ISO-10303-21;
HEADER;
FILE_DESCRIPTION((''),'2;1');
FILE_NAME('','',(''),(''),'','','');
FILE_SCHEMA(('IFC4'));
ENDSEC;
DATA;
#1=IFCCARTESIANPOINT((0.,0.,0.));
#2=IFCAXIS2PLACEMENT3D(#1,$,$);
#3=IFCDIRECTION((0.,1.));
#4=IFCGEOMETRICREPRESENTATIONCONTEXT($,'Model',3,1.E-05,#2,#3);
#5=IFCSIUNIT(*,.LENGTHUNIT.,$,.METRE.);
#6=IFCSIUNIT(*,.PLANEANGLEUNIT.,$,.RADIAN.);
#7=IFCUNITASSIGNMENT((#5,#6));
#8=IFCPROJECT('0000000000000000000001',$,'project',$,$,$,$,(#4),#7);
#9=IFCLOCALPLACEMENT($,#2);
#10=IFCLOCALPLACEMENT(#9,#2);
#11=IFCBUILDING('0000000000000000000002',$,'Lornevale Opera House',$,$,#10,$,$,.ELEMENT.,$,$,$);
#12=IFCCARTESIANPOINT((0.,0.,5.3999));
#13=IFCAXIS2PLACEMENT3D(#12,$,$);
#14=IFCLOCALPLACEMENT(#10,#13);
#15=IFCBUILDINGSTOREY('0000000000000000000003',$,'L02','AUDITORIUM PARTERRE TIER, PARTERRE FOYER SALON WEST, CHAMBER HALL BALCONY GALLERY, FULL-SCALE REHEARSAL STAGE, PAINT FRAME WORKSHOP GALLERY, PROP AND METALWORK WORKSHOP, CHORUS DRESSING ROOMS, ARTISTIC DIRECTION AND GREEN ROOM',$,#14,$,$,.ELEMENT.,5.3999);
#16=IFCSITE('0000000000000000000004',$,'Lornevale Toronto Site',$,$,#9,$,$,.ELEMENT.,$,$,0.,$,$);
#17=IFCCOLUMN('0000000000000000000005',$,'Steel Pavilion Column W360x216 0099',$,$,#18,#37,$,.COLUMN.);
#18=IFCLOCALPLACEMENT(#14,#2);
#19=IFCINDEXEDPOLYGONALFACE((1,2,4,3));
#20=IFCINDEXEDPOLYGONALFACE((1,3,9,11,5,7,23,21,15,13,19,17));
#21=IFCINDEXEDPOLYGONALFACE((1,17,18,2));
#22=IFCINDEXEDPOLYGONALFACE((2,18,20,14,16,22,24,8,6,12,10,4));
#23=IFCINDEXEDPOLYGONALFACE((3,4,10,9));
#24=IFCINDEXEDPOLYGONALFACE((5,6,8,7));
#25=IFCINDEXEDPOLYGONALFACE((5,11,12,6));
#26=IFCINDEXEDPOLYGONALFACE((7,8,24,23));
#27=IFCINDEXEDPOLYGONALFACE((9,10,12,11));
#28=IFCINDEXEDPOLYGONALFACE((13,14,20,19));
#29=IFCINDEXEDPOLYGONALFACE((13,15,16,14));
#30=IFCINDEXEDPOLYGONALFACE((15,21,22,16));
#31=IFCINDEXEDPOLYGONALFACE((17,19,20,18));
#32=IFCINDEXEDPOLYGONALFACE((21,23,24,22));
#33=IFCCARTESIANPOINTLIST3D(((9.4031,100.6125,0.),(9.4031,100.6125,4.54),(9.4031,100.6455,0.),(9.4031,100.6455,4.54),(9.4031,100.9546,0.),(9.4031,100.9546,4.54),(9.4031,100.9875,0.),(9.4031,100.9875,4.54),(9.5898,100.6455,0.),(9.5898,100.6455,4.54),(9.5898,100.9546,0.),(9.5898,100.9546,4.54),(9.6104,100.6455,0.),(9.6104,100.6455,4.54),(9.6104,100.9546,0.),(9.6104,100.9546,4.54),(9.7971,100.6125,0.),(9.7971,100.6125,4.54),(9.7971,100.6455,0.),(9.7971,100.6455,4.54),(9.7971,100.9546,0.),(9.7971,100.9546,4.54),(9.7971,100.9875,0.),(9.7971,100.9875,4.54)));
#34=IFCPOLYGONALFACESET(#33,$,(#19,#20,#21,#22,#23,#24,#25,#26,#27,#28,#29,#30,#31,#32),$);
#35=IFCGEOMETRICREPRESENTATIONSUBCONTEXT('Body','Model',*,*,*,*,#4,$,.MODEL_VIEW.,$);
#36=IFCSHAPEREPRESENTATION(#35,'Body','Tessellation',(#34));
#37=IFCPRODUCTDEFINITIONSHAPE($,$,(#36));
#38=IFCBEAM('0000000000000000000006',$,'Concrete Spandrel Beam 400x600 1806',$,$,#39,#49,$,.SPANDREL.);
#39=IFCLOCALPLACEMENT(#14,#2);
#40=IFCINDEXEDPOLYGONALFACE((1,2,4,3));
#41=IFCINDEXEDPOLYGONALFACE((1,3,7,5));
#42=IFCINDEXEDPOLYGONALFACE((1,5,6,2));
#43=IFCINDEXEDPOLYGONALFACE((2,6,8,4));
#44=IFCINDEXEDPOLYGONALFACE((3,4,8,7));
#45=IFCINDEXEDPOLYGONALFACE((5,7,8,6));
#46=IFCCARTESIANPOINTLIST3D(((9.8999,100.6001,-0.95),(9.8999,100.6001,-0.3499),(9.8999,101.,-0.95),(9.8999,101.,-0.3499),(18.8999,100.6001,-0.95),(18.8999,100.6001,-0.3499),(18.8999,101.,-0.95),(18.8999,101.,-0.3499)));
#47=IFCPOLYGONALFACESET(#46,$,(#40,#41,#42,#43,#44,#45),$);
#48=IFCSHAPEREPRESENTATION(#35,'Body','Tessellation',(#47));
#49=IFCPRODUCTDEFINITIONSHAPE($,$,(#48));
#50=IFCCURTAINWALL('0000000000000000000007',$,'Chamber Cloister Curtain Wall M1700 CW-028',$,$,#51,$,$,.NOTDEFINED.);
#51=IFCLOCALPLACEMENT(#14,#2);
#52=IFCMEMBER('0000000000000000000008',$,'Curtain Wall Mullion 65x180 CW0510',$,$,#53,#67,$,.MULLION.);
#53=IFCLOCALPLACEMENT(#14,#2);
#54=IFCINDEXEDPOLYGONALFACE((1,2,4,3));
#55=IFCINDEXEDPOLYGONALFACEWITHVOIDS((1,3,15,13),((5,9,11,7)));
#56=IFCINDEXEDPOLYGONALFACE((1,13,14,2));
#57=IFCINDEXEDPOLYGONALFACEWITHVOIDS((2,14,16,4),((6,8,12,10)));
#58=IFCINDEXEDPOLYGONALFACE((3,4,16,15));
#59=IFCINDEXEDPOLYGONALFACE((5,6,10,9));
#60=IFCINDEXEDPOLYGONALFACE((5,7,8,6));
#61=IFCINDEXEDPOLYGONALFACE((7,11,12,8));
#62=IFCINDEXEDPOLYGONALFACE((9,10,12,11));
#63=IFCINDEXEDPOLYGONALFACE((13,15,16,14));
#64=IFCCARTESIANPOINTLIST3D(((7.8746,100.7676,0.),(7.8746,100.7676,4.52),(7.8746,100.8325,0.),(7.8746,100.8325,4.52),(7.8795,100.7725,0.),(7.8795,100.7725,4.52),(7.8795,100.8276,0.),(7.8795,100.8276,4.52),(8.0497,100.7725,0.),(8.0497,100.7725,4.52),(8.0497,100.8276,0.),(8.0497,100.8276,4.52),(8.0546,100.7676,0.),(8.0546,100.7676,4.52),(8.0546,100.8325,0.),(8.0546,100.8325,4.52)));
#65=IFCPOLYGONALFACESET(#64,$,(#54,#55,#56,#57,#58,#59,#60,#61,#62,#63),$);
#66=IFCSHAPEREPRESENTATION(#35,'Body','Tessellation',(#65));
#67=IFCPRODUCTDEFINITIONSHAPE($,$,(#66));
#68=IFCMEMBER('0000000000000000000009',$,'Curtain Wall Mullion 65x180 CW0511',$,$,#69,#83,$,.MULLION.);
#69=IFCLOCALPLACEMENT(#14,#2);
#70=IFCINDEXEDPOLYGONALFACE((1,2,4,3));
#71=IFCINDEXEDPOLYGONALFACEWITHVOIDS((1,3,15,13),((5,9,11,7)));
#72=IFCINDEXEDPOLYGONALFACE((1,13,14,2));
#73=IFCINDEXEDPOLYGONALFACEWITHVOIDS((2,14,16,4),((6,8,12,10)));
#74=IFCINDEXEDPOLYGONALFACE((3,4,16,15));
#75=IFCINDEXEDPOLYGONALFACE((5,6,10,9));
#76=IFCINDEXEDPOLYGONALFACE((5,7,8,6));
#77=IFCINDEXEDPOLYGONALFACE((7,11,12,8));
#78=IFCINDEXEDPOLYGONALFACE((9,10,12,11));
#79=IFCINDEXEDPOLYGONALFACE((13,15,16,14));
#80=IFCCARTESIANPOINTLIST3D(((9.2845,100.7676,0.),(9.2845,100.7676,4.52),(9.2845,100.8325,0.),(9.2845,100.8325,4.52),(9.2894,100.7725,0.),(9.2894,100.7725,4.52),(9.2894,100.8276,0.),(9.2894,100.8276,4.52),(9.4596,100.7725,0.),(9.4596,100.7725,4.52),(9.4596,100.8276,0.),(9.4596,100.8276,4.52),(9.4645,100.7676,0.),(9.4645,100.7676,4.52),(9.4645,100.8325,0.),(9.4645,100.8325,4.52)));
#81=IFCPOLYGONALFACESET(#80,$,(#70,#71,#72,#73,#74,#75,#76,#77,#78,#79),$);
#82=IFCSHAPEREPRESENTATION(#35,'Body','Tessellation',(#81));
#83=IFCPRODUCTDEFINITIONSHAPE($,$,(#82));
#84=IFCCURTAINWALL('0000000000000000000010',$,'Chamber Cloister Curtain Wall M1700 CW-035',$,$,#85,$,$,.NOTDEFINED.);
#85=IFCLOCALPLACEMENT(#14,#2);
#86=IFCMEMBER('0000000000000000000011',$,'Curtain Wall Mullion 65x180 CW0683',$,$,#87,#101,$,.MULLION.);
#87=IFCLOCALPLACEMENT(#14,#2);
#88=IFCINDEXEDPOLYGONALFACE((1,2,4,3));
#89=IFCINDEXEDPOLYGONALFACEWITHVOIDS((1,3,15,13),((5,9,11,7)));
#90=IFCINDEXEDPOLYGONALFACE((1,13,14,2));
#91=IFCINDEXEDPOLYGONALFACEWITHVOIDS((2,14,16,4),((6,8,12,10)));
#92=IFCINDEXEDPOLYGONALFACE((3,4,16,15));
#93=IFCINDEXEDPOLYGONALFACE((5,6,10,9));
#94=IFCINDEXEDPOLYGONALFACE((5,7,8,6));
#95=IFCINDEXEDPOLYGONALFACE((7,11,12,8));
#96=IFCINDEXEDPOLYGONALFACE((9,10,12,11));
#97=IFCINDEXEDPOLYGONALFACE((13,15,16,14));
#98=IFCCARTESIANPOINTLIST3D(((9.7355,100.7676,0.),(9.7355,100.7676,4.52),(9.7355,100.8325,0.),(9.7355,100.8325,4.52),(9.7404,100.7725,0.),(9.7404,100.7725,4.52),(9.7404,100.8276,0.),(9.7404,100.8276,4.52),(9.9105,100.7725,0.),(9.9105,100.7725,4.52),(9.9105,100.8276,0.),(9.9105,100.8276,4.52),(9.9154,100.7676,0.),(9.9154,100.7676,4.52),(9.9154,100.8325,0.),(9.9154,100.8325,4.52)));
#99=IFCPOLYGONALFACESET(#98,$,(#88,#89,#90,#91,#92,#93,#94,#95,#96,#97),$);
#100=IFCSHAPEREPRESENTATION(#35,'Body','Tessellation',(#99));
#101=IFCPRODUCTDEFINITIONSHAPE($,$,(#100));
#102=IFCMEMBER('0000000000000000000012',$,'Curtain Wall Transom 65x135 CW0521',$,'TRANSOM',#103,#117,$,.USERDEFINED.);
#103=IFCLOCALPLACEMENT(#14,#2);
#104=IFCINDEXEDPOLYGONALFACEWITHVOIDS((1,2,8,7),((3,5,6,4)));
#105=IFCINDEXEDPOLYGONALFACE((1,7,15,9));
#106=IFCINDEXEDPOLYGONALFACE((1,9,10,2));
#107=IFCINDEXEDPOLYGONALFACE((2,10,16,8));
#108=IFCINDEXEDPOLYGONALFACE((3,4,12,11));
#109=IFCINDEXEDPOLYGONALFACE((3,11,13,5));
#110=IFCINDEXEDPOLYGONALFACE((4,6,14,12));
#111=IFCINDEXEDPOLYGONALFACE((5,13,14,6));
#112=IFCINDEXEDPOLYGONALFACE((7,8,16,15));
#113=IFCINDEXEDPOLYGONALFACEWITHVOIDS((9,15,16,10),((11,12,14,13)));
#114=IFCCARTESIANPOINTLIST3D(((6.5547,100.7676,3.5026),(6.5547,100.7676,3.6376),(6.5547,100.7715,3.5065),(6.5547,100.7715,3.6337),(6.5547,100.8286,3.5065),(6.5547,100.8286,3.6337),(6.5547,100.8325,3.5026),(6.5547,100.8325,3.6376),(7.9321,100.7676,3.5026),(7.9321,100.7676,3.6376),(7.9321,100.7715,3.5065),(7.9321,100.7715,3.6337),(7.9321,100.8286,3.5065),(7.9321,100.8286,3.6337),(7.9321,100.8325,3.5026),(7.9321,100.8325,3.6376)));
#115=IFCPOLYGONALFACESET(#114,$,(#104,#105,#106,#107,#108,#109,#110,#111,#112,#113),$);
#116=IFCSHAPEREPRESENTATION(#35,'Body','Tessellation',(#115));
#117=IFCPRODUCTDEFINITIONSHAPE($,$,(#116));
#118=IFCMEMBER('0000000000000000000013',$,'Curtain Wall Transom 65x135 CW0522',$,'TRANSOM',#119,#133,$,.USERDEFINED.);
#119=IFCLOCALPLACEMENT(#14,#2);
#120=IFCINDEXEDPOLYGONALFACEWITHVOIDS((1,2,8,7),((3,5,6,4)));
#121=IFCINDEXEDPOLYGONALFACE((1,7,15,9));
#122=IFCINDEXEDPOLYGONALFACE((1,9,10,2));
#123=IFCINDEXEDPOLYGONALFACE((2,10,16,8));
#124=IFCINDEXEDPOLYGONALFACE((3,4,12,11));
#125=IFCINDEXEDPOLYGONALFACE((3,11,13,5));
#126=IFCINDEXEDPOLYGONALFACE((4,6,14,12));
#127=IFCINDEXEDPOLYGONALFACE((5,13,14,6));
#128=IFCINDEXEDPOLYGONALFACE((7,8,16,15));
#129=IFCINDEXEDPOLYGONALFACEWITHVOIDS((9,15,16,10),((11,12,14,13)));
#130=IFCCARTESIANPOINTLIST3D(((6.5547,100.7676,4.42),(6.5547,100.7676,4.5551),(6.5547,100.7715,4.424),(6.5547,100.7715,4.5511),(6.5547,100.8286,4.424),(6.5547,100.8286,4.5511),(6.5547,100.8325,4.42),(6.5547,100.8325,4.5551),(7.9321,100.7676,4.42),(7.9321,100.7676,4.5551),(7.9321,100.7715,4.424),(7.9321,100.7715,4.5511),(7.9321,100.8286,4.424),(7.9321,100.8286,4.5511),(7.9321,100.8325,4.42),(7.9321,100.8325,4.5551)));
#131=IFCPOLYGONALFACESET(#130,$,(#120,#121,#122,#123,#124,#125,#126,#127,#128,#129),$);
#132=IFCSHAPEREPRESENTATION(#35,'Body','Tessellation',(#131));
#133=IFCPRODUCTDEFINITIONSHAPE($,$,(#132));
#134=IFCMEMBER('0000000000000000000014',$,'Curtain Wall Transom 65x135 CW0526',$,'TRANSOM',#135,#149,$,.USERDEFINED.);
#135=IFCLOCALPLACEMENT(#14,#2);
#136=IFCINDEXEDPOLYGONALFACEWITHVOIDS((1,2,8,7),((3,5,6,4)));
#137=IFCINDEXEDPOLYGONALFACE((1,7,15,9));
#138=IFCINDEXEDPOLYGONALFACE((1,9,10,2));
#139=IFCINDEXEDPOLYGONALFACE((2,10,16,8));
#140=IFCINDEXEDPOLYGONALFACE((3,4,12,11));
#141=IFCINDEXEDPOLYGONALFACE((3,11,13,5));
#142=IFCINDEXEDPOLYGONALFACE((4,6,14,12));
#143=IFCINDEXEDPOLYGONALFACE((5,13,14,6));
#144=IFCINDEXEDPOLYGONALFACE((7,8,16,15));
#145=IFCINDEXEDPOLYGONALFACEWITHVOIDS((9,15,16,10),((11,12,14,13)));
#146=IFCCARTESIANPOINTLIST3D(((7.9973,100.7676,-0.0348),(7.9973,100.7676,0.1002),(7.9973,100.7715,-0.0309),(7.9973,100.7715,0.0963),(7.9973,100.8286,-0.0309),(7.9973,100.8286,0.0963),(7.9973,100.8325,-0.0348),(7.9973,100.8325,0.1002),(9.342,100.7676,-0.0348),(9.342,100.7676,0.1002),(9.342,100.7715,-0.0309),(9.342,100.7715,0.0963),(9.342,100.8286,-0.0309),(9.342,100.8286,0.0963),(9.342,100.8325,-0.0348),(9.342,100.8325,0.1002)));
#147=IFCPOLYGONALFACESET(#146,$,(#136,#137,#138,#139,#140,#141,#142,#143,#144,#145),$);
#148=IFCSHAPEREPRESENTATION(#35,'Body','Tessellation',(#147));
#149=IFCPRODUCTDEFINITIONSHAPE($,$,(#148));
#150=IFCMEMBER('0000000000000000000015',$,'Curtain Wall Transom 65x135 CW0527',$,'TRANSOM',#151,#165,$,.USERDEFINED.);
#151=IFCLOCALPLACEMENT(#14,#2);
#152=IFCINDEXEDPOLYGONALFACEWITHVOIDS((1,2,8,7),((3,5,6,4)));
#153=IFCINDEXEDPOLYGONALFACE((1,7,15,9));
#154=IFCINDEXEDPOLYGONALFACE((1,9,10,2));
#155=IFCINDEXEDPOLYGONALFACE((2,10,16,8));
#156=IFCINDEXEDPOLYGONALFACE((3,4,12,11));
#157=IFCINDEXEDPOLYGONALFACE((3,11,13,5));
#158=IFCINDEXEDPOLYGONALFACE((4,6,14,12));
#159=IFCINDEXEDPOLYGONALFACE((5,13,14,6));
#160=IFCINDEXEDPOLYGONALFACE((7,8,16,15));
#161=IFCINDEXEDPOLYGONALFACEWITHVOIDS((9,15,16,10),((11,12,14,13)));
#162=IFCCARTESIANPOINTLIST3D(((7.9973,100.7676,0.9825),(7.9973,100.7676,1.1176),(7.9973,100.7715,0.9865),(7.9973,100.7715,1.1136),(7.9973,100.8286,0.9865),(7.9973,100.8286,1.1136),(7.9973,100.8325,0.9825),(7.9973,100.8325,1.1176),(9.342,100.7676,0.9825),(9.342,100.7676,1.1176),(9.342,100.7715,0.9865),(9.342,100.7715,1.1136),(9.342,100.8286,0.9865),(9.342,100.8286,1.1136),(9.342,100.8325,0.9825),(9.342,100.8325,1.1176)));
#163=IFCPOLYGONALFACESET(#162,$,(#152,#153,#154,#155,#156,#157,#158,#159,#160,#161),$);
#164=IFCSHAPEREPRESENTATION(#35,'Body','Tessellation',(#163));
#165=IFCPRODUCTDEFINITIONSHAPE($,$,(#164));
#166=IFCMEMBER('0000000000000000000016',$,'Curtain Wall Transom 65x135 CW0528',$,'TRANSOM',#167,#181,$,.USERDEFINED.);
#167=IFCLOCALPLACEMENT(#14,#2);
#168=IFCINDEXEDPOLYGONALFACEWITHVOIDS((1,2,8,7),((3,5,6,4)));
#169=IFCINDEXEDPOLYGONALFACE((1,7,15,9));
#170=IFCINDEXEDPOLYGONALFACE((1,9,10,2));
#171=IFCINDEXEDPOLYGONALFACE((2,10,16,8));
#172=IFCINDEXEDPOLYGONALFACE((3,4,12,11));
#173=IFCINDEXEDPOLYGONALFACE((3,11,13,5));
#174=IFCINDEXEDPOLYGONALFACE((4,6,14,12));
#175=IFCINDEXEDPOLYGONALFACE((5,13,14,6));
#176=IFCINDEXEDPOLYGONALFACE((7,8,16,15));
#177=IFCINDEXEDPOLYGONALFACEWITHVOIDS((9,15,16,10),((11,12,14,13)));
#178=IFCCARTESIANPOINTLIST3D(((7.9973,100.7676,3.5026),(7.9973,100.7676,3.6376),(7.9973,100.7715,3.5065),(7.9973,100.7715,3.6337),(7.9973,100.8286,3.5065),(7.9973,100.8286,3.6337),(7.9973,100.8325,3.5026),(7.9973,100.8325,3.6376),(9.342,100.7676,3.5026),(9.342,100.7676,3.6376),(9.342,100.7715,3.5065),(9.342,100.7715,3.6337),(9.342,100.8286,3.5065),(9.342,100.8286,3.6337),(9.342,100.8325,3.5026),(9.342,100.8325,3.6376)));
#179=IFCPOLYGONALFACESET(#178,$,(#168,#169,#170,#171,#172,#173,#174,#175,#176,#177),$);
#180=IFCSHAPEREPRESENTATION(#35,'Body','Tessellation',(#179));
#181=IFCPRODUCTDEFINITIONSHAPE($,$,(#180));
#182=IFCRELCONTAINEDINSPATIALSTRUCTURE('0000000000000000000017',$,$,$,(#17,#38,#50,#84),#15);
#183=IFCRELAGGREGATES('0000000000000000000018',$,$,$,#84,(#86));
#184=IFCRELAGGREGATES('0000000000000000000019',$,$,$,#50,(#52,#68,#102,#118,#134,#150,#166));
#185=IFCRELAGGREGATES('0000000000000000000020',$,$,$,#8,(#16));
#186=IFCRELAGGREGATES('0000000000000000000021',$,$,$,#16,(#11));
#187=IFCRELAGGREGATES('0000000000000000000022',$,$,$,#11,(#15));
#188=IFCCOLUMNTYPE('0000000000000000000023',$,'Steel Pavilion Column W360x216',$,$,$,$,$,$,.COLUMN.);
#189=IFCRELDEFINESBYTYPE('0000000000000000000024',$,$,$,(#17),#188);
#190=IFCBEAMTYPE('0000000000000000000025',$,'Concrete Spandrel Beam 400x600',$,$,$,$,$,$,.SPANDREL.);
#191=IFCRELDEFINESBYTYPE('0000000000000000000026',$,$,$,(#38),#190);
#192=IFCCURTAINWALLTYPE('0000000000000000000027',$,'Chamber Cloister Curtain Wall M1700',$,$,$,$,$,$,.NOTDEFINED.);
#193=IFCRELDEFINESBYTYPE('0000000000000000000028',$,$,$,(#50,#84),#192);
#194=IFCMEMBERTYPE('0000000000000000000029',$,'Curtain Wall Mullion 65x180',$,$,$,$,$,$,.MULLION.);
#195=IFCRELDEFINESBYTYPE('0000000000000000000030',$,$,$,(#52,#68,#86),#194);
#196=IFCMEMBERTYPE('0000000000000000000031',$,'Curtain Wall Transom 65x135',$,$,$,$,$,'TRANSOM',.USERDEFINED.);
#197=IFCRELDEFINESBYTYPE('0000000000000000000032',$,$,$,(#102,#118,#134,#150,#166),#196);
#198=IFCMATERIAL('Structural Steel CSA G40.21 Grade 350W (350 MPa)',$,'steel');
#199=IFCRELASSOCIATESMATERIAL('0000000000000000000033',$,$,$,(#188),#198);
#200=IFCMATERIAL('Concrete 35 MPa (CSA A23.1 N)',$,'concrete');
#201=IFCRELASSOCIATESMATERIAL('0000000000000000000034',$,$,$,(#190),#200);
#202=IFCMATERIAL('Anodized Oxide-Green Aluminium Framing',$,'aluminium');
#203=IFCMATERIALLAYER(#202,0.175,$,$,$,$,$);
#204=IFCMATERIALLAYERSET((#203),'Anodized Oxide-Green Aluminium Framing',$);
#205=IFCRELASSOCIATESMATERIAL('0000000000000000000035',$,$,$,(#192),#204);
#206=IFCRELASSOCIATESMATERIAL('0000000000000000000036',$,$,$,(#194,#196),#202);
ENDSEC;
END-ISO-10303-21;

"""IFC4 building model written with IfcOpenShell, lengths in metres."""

from ifc_helpers import new_model, si_unit, direction, frame, origin, origin_2d, place, context, subcontext, project, spatial, rectangle, hollow_rectangle, i_section, extrude, material, layer, layer_set, material_profile, profile_set, type_object, element, aggregate, save


model = new_model("IFC4")

# Units and contexts
model_context = context("Model", 3, precision=1e-05, world=origin(), true_north=direction((0.0, 1.0)))
body_context = subcontext(model_context, "Body", "Model", "MODEL_VIEW")
ifc_project = project(units=[si_unit("LENGTHUNIT", "METRE"), si_unit("PLANEANGLEUNIT", "RADIAN")], contexts=[model_context])

# Site, building, storey
site_placement = place(None, origin())
site = spatial("IfcSite", under=ifc_project, at=site_placement, Name="Lornevale Toronto Site", CompositionType="ELEMENT", RefElevation=0.0)
building_placement = place(site_placement, origin())
building = spatial("IfcBuilding", under=site, at=building_placement, Name="Lornevale Opera House", CompositionType="ELEMENT")
storey_placement = place(building_placement, frame((0.0, 0.0, 5.3999)))
storey = spatial("IfcBuildingStorey", under=building, at=storey_placement, Name="L02", Description="AUDITORIUM PARTERRE TIER, PARTERRE FOYER SALON WEST, CHAMBER HALL BALCONY GALLERY, FULL-SCALE REHEARSAL STAGE, PAINT FRAME WORKSHOP GALLERY, PROP AND METALWORK WORKSHOP, CHORUS DRESSING ROOMS, ARTISTIC DIRECTION AND GREEN ROOM", CompositionType="ELEMENT", Elevation=5.3999)

# Column
ifc_material_1 = material(Name="Structural Steel CSA G40.21 Grade 350W (350 MPa)", Category="steel")
ifc_material_profile_1 = material_profile(ifc_material_1, i_section(OverallWidth=0.394, OverallDepth=0.375, WebThickness=0.0205, FlangeThickness=0.033, at=origin_2d()), Name="W360x216")
ifc_profile_set_1 = profile_set([ifc_material_profile_1], Name="Structural Steel CSA G40.21 Grade 350W (350 MPa)")
column_type = type_object("IfcColumnType", Name="Steel Pavilion Column W360x216", PredefinedType="COLUMN", material=ifc_profile_set_1)
column_placement = place(storey_placement, frame((9.6001, 100.8, 0.0), z_axis=(0.0, 0.0, 1.0), x_axis=(1.0, 0.0, 0.0)))
element("IfcColumn", 1, at=column_placement, inside=storey, type_object=column_type, Name="Steel Pavilion Column W360x216 0099", PredefinedType="COLUMN", context=body_context, shape_type="SweptSolid", body=[
    extrude(i_section(OverallWidth=0.394, OverallDepth=0.375, WebThickness=0.0205, FlangeThickness=0.033, at=origin_2d()), origin(), (0.0, 0.0, 1.0), 4.54),
])

# Beam
ifc_material_2 = material(Name="Concrete 35 MPa (CSA A23.1 N)", Category="concrete")
ifc_material_profile_2 = material_profile(ifc_material_2, rectangle(XDim=0.3999, YDim=0.6001, at=origin_2d()), Name="RC400x600")
ifc_profile_set_2 = profile_set([ifc_material_profile_2], Name="Concrete 35 MPa (CSA A23.1 N)")
beam_type = type_object("IfcBeamType", Name="Concrete Spandrel Beam 400x600", PredefinedType="SPANDREL", material=ifc_profile_set_2)
beam_placement = place(storey_placement, frame((9.8999, 100.8, -0.6499), z_axis=(1.0, 0.0, 0.0), x_axis=(0.0, 1.0, 0.0)))
element("IfcBeam", 2, at=beam_placement, inside=storey, type_object=beam_type, Name="Concrete Spandrel Beam 400x600 1806", PredefinedType="SPANDREL", context=body_context, shape_type="SweptSolid", body=[
    extrude(rectangle(XDim=0.3999, YDim=0.6001, at=origin_2d()), origin(), (0.0, 0.0, 1.0), 9.0),
])

# Curtain wall, members
ifc_material_3 = material(Name="Anodized Oxide-Green Aluminium Framing", Category="aluminium")
ifc_layer_1 = layer(ifc_material_3, 0.175)
ifc_layer_set_1 = layer_set([ifc_layer_1], Name="Anodized Oxide-Green Aluminium Framing")
curtain_wall_type = type_object("IfcCurtainWallType", Name="Chamber Cloister Curtain Wall M1700", PredefinedType="NOTDEFINED", material=ifc_layer_set_1)
curtain_wall_1_placement = place(storey_placement, origin())
curtain_wall_1 = element("IfcCurtainWall", 3, at=curtain_wall_1_placement, inside=storey, type_object=curtain_wall_type, Name="Chamber Cloister Curtain Wall M1700 CW-028", PredefinedType="NOTDEFINED")
ifc_material_profile_3 = material_profile(ifc_material_3, hollow_rectangle(XDim=0.0649, YDim=0.1799, WallThickness=0.0049, at=origin_2d()), Name="ALU65x180x5")
ifc_profile_set_3 = profile_set([ifc_material_profile_3], Name="Anodized Oxide-Green Aluminium Framing")
member_type_1 = type_object("IfcMemberType", Name="Curtain Wall Mullion 65x180", PredefinedType="MULLION", material=ifc_profile_set_3)
member_1_placement = place(storey_placement, frame((7.9646, 100.8, 0.0), z_axis=(0.0, 0.0, 1.0), x_axis=(0.0, 1.0, 0.0)))
member_1 = element("IfcMember", 4, at=member_1_placement, type_object=member_type_1, Name="Curtain Wall Mullion 65x180 CW0510", PredefinedType="MULLION", context=body_context, shape_type="SweptSolid", body=[
    extrude(hollow_rectangle(XDim=0.0649, YDim=0.1799, WallThickness=0.0049, at=origin_2d()), origin(), (0.0, 0.0, 1.0), 4.52),
])
member_2_placement = place(storey_placement, frame((9.3745, 100.8, 0.0), z_axis=(0.0, 0.0, 1.0), x_axis=(0.0, 1.0, 0.0)))
member_2 = element("IfcMember", 5, at=member_2_placement, type_object=member_type_1, Name="Curtain Wall Mullion 65x180 CW0511", PredefinedType="MULLION", context=body_context, shape_type="SweptSolid", body=[
    extrude(hollow_rectangle(XDim=0.0649, YDim=0.1799, WallThickness=0.0049, at=origin_2d()), origin(), (0.0, 0.0, 1.0), 4.52),
])

# Curtain wall, member
curtain_wall_2_placement = place(storey_placement, origin())
curtain_wall_2 = element("IfcCurtainWall", 6, at=curtain_wall_2_placement, inside=storey, type_object=curtain_wall_type, Name="Chamber Cloister Curtain Wall M1700 CW-035", PredefinedType="NOTDEFINED")
member_3_placement = place(storey_placement, frame((9.8254, 100.8, 0.0), z_axis=(0.0, 0.0, 1.0), x_axis=(0.0, 1.0, 0.0)))
member_3 = element("IfcMember", 7, at=member_3_placement, type_object=member_type_1, Name="Curtain Wall Mullion 65x180 CW0683", PredefinedType="MULLION", context=body_context, shape_type="SweptSolid", body=[
    extrude(hollow_rectangle(XDim=0.0649, YDim=0.1799, WallThickness=0.0049, at=origin_2d()), origin(), (0.0, 0.0, 1.0), 4.52),
])

# Members
ifc_material_profile_4 = material_profile(ifc_material_3, hollow_rectangle(XDim=0.0649, YDim=0.135, WallThickness=0.0039, at=origin_2d()), Name="ALU65x135x4")
ifc_profile_set_4 = profile_set([ifc_material_profile_4], Name="Anodized Oxide-Green Aluminium Framing")
member_type_2 = type_object("IfcMemberType", Name="Curtain Wall Transom 65x135", ElementType="TRANSOM", PredefinedType="USERDEFINED", material=ifc_profile_set_4)
member_4_placement = place(storey_placement, frame((6.5547, 100.8, 3.5701), z_axis=(1.0, 0.0, 0.0), x_axis=(0.0, 1.0, 0.0)))
member_4 = element("IfcMember", 8, at=member_4_placement, type_object=member_type_2, Name="Curtain Wall Transom 65x135 CW0521", ObjectType="TRANSOM", PredefinedType="USERDEFINED", context=body_context, shape_type="SweptSolid", body=[
    extrude(hollow_rectangle(XDim=0.0649, YDim=0.135, WallThickness=0.0039, at=origin_2d()), origin(), (0.0, 0.0, 1.0), 1.3774),
])
member_5_placement = place(storey_placement, frame((6.5547, 100.8, 4.4875), z_axis=(1.0, 0.0, 0.0), x_axis=(0.0, 1.0, 0.0)))
member_5 = element("IfcMember", 9, at=member_5_placement, type_object=member_type_2, Name="Curtain Wall Transom 65x135 CW0522", ObjectType="TRANSOM", PredefinedType="USERDEFINED", context=body_context, shape_type="SweptSolid", body=[
    extrude(hollow_rectangle(XDim=0.0649, YDim=0.135, WallThickness=0.0039, at=origin_2d()), origin(), (0.0, 0.0, 1.0), 1.3774),
])
member_6_placement = place(storey_placement, frame((7.9973, 100.8, 0.0327), z_axis=(1.0, 0.0, 0.0), x_axis=(0.0, 1.0, 0.0)))
member_6 = element("IfcMember", 10, at=member_6_placement, type_object=member_type_2, Name="Curtain Wall Transom 65x135 CW0526", ObjectType="TRANSOM", PredefinedType="USERDEFINED", context=body_context, shape_type="SweptSolid", body=[
    extrude(hollow_rectangle(XDim=0.0649, YDim=0.135, WallThickness=0.0039, at=origin_2d()), origin(), (0.0, 0.0, 1.0), 1.3447),
])
member_7_placement = place(storey_placement, frame((7.9973, 100.8, 1.05), z_axis=(1.0, 0.0, 0.0), x_axis=(0.0, 1.0, 0.0)))
member_7 = element("IfcMember", 11, at=member_7_placement, type_object=member_type_2, Name="Curtain Wall Transom 65x135 CW0527", ObjectType="TRANSOM", PredefinedType="USERDEFINED", context=body_context, shape_type="SweptSolid", body=[
    extrude(hollow_rectangle(XDim=0.0649, YDim=0.135, WallThickness=0.0039, at=origin_2d()), origin(), (0.0, 0.0, 1.0), 1.3447),
])
member_8_placement = place(storey_placement, frame((7.9973, 100.8, 3.5701), z_axis=(1.0, 0.0, 0.0), x_axis=(0.0, 1.0, 0.0)))
member_8 = element("IfcMember", 12, at=member_8_placement, type_object=member_type_2, Name="Curtain Wall Transom 65x135 CW0528", ObjectType="TRANSOM", PredefinedType="USERDEFINED", context=body_context, shape_type="SweptSolid", body=[
    extrude(hollow_rectangle(XDim=0.0649, YDim=0.135, WallThickness=0.0039, at=origin_2d()), origin(), (0.0, 0.0, 1.0), 1.3447),
])
aggregate(curtain_wall_2, [member_3])

aggregate(curtain_wall_1, [member_1, member_2, member_4, member_5, member_6, member_7, member_8])

save(model, "model.ifc")
